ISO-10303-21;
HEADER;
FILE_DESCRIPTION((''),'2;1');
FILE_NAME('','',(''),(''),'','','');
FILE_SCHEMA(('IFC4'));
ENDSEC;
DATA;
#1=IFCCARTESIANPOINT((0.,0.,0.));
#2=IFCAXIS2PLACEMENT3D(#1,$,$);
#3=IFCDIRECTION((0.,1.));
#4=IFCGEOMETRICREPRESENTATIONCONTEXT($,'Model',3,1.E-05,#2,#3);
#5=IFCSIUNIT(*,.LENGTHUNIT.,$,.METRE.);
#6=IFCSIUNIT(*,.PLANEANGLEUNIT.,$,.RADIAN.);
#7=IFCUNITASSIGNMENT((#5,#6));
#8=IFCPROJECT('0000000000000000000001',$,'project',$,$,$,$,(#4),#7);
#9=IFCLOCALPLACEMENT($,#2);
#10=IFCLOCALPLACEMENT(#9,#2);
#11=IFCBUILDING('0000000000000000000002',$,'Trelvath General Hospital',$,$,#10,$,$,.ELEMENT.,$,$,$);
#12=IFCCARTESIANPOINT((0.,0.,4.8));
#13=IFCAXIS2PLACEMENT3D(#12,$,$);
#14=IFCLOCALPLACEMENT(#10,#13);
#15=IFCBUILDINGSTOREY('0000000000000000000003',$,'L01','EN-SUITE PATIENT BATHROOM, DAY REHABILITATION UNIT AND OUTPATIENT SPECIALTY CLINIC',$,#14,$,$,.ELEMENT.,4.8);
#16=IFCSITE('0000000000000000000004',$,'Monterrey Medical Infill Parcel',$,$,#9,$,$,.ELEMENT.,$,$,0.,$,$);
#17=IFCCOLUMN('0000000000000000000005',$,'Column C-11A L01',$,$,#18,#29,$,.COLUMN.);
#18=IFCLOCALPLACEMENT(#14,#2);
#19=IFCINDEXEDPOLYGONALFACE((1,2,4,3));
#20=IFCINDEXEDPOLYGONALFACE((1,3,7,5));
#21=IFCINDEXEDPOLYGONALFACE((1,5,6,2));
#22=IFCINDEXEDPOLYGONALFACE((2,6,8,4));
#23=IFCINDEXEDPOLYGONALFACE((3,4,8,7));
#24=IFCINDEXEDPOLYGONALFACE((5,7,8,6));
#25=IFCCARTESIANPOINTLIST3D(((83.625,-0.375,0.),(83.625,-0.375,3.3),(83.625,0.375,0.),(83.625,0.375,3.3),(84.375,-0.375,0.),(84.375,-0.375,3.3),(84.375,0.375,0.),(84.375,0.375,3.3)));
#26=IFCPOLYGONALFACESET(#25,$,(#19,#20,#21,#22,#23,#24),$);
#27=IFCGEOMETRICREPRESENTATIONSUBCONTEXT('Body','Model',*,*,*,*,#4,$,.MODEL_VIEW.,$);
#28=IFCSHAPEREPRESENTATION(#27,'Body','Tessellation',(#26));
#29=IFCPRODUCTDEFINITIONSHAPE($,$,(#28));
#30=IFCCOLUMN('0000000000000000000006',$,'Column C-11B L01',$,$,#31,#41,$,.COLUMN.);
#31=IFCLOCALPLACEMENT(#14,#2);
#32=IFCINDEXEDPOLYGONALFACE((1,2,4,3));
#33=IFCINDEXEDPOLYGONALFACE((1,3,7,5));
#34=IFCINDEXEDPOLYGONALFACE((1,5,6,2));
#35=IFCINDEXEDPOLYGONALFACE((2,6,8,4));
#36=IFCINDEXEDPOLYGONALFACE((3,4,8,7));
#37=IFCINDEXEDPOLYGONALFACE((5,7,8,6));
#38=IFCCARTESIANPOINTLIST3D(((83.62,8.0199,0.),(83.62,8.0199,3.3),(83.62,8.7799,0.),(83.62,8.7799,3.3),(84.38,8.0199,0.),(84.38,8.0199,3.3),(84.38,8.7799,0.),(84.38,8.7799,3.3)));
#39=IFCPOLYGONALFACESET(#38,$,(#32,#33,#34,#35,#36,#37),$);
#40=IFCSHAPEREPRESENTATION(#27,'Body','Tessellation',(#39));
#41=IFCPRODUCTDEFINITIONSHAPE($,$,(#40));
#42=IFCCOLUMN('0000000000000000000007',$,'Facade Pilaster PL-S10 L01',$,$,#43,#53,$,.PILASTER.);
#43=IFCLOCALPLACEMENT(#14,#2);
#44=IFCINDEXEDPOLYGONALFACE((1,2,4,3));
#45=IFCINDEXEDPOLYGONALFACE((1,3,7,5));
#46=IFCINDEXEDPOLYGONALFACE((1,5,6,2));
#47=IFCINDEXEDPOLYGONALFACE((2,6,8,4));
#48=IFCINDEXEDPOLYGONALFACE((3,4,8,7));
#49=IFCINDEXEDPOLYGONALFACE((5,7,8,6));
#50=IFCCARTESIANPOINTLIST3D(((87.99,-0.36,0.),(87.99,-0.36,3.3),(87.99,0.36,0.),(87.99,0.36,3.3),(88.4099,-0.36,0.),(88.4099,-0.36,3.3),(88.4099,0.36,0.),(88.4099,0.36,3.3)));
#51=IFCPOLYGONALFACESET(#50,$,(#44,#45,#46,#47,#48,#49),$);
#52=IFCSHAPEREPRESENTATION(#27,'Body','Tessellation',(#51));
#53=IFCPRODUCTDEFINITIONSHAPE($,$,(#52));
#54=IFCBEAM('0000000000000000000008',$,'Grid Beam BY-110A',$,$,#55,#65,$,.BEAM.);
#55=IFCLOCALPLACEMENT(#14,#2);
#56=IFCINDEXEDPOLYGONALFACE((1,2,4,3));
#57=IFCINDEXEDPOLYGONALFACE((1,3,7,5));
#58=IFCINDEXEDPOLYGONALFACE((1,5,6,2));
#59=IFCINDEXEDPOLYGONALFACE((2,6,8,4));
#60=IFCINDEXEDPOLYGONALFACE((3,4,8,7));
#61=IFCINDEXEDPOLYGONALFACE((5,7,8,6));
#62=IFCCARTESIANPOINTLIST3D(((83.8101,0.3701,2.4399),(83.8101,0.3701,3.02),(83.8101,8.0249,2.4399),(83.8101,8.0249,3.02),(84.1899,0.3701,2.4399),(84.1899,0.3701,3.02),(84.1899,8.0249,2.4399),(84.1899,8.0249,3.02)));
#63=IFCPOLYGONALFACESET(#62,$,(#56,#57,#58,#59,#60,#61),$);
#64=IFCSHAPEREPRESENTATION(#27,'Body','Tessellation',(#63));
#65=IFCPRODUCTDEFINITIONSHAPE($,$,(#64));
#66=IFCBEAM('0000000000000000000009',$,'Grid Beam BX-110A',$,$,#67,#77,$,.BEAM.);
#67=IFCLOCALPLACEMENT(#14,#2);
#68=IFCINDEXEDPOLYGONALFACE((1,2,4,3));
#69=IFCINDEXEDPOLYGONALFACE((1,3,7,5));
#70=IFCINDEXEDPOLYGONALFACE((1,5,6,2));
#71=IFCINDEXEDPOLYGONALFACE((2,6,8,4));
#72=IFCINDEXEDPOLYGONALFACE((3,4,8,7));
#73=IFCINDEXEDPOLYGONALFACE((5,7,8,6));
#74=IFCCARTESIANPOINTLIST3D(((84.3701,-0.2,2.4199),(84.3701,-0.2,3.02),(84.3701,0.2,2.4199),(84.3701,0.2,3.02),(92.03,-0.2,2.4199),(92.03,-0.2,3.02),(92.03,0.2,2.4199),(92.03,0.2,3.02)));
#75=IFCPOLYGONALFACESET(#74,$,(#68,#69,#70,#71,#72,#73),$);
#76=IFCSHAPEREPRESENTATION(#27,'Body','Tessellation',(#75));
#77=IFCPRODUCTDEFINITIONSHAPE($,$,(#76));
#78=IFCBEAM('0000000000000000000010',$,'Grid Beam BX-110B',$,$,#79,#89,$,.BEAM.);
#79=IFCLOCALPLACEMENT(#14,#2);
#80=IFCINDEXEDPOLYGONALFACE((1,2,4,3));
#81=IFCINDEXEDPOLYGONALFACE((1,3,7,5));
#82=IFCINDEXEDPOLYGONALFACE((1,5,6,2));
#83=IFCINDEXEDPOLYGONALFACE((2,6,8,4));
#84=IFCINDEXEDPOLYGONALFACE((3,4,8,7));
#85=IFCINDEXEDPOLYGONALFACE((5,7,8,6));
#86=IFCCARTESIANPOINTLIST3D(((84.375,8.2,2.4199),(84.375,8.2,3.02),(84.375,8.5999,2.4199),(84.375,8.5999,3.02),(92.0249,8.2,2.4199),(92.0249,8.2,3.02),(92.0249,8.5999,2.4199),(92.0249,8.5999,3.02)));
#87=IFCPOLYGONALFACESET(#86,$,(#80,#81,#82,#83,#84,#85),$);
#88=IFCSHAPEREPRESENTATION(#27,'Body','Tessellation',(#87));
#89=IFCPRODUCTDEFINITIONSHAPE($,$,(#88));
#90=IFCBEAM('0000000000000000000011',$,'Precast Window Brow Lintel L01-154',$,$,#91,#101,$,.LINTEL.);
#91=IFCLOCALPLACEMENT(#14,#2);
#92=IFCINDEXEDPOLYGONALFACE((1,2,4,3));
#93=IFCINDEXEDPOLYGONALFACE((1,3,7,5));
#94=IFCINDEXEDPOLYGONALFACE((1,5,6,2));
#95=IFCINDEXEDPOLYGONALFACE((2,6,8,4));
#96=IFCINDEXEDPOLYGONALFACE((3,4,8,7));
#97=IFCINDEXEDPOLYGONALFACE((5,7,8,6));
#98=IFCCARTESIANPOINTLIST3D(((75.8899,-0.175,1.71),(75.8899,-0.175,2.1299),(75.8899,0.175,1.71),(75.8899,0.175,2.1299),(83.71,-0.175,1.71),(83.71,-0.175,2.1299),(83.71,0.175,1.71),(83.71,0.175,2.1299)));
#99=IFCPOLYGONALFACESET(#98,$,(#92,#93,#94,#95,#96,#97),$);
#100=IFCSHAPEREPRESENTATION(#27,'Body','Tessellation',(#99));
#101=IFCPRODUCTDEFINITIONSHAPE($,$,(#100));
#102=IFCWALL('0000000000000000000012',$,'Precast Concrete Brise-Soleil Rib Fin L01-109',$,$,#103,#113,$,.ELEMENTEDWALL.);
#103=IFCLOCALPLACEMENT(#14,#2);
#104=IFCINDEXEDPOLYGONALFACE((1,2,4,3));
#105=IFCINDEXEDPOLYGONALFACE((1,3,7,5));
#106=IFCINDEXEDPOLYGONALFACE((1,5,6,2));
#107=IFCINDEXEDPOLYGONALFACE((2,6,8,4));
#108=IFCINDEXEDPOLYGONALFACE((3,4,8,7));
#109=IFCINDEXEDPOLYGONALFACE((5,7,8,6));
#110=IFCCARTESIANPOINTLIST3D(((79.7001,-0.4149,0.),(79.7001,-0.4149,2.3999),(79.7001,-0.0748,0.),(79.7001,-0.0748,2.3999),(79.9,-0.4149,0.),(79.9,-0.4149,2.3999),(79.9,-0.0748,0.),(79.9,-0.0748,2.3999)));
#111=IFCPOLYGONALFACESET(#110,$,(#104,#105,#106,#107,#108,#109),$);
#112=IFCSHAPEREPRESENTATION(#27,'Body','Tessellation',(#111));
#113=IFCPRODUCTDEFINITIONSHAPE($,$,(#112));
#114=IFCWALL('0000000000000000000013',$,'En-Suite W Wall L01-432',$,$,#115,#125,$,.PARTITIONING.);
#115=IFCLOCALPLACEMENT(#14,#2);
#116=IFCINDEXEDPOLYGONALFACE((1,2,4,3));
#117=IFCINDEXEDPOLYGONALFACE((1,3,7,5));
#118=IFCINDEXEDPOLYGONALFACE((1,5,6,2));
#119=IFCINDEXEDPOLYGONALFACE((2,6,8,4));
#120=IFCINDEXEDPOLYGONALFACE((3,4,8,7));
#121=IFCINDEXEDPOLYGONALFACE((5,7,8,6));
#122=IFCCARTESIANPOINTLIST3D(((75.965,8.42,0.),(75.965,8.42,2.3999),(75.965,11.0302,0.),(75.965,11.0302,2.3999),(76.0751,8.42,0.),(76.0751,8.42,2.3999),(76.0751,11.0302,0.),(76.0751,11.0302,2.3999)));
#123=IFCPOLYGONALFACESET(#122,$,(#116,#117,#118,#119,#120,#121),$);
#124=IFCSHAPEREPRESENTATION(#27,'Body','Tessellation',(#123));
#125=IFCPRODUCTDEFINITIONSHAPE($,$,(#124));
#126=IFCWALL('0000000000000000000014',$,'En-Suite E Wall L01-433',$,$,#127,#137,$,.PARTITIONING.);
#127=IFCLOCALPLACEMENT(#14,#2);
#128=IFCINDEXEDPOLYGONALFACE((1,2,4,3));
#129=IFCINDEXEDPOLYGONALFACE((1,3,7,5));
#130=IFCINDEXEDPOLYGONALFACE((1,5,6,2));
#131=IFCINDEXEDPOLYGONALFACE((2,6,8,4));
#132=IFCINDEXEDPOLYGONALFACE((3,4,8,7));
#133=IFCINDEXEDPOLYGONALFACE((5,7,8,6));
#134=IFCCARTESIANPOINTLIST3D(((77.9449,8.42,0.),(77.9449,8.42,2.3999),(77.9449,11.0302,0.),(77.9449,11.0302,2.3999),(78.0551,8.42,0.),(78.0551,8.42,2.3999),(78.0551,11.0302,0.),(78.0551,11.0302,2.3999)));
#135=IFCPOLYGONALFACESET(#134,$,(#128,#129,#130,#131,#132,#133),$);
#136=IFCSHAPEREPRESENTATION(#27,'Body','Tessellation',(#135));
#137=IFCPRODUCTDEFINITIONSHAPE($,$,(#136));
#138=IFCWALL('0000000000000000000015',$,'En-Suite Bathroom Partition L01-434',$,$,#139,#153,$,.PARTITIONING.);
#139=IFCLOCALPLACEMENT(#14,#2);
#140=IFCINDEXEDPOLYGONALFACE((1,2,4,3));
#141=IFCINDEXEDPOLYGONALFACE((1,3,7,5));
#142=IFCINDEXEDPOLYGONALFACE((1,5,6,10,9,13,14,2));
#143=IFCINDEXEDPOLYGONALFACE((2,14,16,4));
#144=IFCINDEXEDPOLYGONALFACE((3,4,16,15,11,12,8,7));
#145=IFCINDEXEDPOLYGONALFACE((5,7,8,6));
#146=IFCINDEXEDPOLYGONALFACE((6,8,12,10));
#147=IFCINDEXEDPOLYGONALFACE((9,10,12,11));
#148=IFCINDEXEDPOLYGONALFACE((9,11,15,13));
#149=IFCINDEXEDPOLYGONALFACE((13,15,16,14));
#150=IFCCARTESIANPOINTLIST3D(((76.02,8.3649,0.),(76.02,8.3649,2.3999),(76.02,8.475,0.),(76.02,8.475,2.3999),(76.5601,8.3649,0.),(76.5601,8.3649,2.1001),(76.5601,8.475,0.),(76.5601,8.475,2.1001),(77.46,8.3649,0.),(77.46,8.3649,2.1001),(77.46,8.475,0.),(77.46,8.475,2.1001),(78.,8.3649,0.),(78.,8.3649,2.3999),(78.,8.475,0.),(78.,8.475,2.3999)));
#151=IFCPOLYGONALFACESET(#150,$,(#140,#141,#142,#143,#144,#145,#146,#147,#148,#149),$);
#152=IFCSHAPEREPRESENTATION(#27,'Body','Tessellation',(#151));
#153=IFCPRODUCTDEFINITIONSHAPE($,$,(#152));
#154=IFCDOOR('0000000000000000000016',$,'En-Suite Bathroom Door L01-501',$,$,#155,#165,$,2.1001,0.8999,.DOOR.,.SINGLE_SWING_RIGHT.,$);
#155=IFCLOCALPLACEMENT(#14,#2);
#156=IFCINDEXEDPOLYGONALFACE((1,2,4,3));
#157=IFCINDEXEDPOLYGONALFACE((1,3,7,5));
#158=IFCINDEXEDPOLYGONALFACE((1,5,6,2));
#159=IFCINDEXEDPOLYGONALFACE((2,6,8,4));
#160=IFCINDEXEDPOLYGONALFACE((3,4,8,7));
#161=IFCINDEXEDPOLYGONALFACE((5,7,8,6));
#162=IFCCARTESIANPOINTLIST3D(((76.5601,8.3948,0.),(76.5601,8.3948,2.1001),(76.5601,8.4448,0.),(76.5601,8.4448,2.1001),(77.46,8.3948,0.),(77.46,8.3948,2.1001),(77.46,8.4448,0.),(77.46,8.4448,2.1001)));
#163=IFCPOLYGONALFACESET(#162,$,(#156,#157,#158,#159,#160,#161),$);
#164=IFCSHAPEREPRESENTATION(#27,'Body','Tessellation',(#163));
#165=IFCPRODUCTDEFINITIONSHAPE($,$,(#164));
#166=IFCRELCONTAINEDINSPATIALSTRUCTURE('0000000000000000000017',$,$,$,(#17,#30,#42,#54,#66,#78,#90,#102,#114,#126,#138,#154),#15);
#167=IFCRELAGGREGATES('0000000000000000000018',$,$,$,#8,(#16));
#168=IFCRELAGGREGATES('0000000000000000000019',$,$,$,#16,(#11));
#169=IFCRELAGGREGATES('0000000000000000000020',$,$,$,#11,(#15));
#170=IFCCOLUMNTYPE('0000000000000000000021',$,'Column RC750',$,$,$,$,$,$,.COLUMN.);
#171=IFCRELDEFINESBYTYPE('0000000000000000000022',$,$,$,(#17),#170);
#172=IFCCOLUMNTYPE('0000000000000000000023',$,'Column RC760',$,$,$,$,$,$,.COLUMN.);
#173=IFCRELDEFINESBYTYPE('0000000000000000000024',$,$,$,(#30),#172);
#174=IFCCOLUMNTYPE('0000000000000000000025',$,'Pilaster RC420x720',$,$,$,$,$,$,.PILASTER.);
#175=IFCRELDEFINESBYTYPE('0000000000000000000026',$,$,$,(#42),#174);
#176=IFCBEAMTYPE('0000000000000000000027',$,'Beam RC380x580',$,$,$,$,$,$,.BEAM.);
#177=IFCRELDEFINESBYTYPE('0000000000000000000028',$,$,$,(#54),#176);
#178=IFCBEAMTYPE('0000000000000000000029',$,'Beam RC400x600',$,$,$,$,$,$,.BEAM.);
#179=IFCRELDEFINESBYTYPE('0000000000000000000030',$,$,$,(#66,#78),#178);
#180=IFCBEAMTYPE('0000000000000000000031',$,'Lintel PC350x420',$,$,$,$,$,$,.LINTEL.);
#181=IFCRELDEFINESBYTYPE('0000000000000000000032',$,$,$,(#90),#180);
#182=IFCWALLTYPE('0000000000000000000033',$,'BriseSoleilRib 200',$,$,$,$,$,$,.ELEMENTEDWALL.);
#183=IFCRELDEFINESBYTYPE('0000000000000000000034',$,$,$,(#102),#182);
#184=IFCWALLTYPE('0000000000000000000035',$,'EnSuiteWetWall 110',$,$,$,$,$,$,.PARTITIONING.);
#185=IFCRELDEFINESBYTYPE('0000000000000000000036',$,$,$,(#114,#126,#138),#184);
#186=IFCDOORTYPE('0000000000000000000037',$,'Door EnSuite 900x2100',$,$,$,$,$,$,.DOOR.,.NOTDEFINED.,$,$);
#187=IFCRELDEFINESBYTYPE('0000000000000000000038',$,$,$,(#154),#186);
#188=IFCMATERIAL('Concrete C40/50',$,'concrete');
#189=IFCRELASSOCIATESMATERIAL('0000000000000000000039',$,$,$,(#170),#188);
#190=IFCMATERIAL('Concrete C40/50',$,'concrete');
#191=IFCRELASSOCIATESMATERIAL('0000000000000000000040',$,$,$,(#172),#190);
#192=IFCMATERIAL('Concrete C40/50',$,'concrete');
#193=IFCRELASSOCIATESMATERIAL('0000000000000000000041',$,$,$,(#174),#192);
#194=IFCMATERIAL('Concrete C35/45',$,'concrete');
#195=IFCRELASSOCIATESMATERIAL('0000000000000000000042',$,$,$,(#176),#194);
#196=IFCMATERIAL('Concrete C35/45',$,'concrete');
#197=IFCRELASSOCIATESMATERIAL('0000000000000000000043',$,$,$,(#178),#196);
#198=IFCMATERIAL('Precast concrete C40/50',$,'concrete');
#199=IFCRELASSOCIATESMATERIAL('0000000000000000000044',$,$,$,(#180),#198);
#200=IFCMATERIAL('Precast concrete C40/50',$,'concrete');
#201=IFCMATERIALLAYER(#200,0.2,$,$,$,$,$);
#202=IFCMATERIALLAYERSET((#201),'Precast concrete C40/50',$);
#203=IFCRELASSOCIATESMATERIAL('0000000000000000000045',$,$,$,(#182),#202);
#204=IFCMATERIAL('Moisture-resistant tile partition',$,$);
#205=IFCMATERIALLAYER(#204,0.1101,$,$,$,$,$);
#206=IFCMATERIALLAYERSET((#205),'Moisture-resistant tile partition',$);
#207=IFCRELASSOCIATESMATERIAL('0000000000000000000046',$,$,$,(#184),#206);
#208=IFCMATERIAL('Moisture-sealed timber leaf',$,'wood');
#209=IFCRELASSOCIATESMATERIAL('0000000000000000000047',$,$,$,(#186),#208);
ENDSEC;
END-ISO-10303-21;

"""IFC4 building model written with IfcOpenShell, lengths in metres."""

from ifc_helpers import new_model, si_unit, direction, frame, frame_2d, origin, origin_2d, place, context, subcontext, project, spatial, rectangle, extrude, material, layer, layer_set, material_profile, profile_set, type_object, element, fill, save


model = new_model("IFC4")

# Units and contexts
model_context = context("Model", 3, precision=1e-05, world=origin(), true_north=direction((0.0, 1.0)))
body_context = subcontext(model_context, "Body", "Model", "MODEL_VIEW")
ifc_project = project(units=[si_unit("LENGTHUNIT", "METRE"), si_unit("PLANEANGLEUNIT", "RADIAN")], contexts=[model_context])

# Site, building, storey
site_placement = place(None, origin())
site = spatial("IfcSite", under=ifc_project, at=site_placement, Name="Monterrey Medical Infill Parcel", CompositionType="ELEMENT", RefElevation=0.0)
building_placement = place(site_placement, origin())
building = spatial("IfcBuilding", under=site, at=building_placement, Name="Trelvath General Hospital", CompositionType="ELEMENT")
storey_placement = place(building_placement, frame((0.0, 0.0, 4.8)))
storey = spatial("IfcBuildingStorey", under=building, at=storey_placement, Name="L01", Description="EN-SUITE PATIENT BATHROOM, DAY REHABILITATION UNIT AND OUTPATIENT SPECIALTY CLINIC", CompositionType="ELEMENT", Elevation=4.8)

# Columns
ifc_material_1 = material(Name="Concrete C40/50", Category="concrete")
ifc_material_profile_1 = material_profile(ifc_material_1, rectangle(XDim=0.75, YDim=0.75, at=origin_2d()), Name="RC750x750")
ifc_profile_set_1 = profile_set([ifc_material_profile_1], Name="Concrete C40/50")
column_type_1 = type_object("IfcColumnType", Name="Column RC750", PredefinedType="COLUMN", material=ifc_profile_set_1)
column_1_placement = place(storey_placement, frame((84.0, 0.0, 0.0), z_axis=(0.0, 0.0, 1.0), x_axis=(1.0, 0.0, 0.0)))
element("IfcColumn", 1, at=column_1_placement, inside=storey, type_object=column_type_1, Name="Column C-11A L01", PredefinedType="COLUMN", context=body_context, shape_type="SweptSolid", body=[
    extrude(rectangle(XDim=0.75, YDim=0.75, at=origin_2d()), origin(), (0.0, 0.0, 1.0), 3.3),
])
ifc_material_2 = material(Name="Concrete C40/50", Category="concrete")
ifc_material_profile_2 = material_profile(ifc_material_2, rectangle(XDim=0.76, YDim=0.76, at=origin_2d()), Name="RC760x760")
ifc_profile_set_2 = profile_set([ifc_material_profile_2], Name="Concrete C40/50")
column_type_2 = type_object("IfcColumnType", Name="Column RC760", PredefinedType="COLUMN", material=ifc_profile_set_2)
column_2_placement = place(storey_placement, frame((84.0, 8.3999, 0.0), z_axis=(0.0, 0.0, 1.0), x_axis=(1.0, 0.0, 0.0)))
element("IfcColumn", 2, at=column_2_placement, inside=storey, type_object=column_type_2, Name="Column C-11B L01", PredefinedType="COLUMN", context=body_context, shape_type="SweptSolid", body=[
    extrude(rectangle(XDim=0.76, YDim=0.76, at=origin_2d()), origin(), (0.0, 0.0, 1.0), 3.3),
])
ifc_material_3 = material(Name="Concrete C40/50", Category="concrete")
ifc_material_profile_3 = material_profile(ifc_material_3, rectangle(XDim=0.4199, YDim=0.72, at=origin_2d()), Name="RC420x720")
ifc_profile_set_3 = profile_set([ifc_material_profile_3], Name="Concrete C40/50")
column_type_3 = type_object("IfcColumnType", Name="Pilaster RC420x720", PredefinedType="PILASTER", material=ifc_profile_set_3)
column_3_placement = place(storey_placement, frame((88.2, 0.0, 0.0), z_axis=(0.0, 0.0, 1.0), x_axis=(1.0, 0.0, 0.0)))
element("IfcColumn", 3, at=column_3_placement, inside=storey, type_object=column_type_3, Name="Facade Pilaster PL-S10 L01", PredefinedType="PILASTER", context=body_context, shape_type="SweptSolid", body=[
    extrude(rectangle(XDim=0.4199, YDim=0.72, at=origin_2d()), origin(), (0.0, 0.0, 1.0), 3.3),
])

# Beams
ifc_material_4 = material(Name="Concrete C35/45", Category="concrete")
ifc_material_profile_4 = material_profile(ifc_material_4, rectangle(XDim=0.3799, YDim=0.5801, at=origin_2d()), Name="RCB380x580")
ifc_profile_set_4 = profile_set([ifc_material_profile_4], Name="Concrete C35/45")
beam_type_1 = type_object("IfcBeamType", Name="Beam RC380x580", PredefinedType="BEAM", material=ifc_profile_set_4)
beam_1_placement = place(storey_placement, frame((84.0, 0.3701, 2.73), z_axis=(0.0, 1.0, 0.0), x_axis=(-1.0, 0.0, 0.0)))
element("IfcBeam", 4, at=beam_1_placement, inside=storey, type_object=beam_type_1, Name="Grid Beam BY-110A", PredefinedType="BEAM", context=body_context, shape_type="SweptSolid", body=[
    extrude(rectangle(XDim=0.3799, YDim=0.5801, at=origin_2d()), origin(), (0.0, 0.0, 1.0), 7.6548),
])
ifc_material_5 = material(Name="Concrete C35/45", Category="concrete")
ifc_material_profile_5 = material_profile(ifc_material_5, rectangle(XDim=0.3999, YDim=0.6001, at=origin_2d()), Name="RCB400x600")
ifc_profile_set_5 = profile_set([ifc_material_profile_5], Name="Concrete C35/45")
beam_type_2 = type_object("IfcBeamType", Name="Beam RC400x600", PredefinedType="BEAM", material=ifc_profile_set_5)
beam_2_placement = place(storey_placement, frame((84.3701, 0.0, 2.72), z_axis=(1.0, 0.0, 0.0), x_axis=(0.0, 1.0, 0.0)))
element("IfcBeam", 5, at=beam_2_placement, inside=storey, type_object=beam_type_2, Name="Grid Beam BX-110A", PredefinedType="BEAM", context=body_context, shape_type="SweptSolid", body=[
    extrude(rectangle(XDim=0.3999, YDim=0.6001, at=origin_2d()), origin(), (0.0, 0.0, 1.0), 7.6599),
])
beam_3_placement = place(storey_placement, frame((84.375, 8.3999, 2.72), z_axis=(1.0, 0.0, 0.0), x_axis=(0.0, 1.0, 0.0)))
element("IfcBeam", 6, at=beam_3_placement, inside=storey, type_object=beam_type_2, Name="Grid Beam BX-110B", PredefinedType="BEAM", context=body_context, shape_type="SweptSolid", body=[
    extrude(rectangle(XDim=0.3999, YDim=0.6001, at=origin_2d()), origin(), (0.0, 0.0, 1.0), 7.6499),
])
ifc_material_6 = material(Name="Precast concrete C40/50", Category="concrete")
ifc_material_profile_6 = material_profile(ifc_material_6, rectangle(XDim=0.3501, YDim=0.4199, at=origin_2d()), Name="PCL350x420")
ifc_profile_set_6 = profile_set([ifc_material_profile_6], Name="Precast concrete C40/50")
beam_type_3 = type_object("IfcBeamType", Name="Lintel PC350x420", PredefinedType="LINTEL", material=ifc_profile_set_6)
beam_4_placement = place(storey_placement, frame((83.71, 0.0, 1.9199), z_axis=(-1.0, 0.0, 0.0), x_axis=(0.0, -1.0, 0.0)))
element("IfcBeam", 7, at=beam_4_placement, inside=storey, type_object=beam_type_3, Name="Precast Window Brow Lintel L01-154", PredefinedType="LINTEL", context=body_context, shape_type="SweptSolid", body=[
    extrude(rectangle(XDim=0.3501, YDim=0.4199, at=origin_2d()), origin(), (0.0, 0.0, 1.0), 7.8201),
])

# Walls
ifc_material_7 = material(Name="Precast concrete C40/50", Category="concrete")
ifc_layer_1 = layer(ifc_material_7, 0.2)
ifc_layer_set_1 = layer_set([ifc_layer_1], Name="Precast concrete C40/50")
wall_type_1 = type_object("IfcWallType", Name="BriseSoleilRib 200", PredefinedType="ELEMENTEDWALL", material=ifc_layer_set_1)
wall_1_placement = place(storey_placement, frame((79.8, -0.075, 0.0), z_axis=(0.0, 0.0, 1.0), x_axis=(0.0, -1.0, 0.0)))
element("IfcWall", 8, at=wall_1_placement, inside=storey, type_object=wall_type_1, Name="Precast Concrete Brise-Soleil Rib Fin L01-109", PredefinedType="ELEMENTEDWALL", context=body_context, shape_type="SweptSolid", body=[
    extrude(rectangle(XDim=0.3401, YDim=0.2, at=frame_2d((0.1699, 0.0))), origin(), (0.0, 0.0, 1.0), 2.3999),
])
ifc_material_8 = material(Name="Moisture-resistant tile partition")
ifc_layer_2 = layer(ifc_material_8, 0.1101)
ifc_layer_set_2 = layer_set([ifc_layer_2], Name="Moisture-resistant tile partition")
wall_type_2 = type_object("IfcWallType", Name="EnSuiteWetWall 110", PredefinedType="PARTITIONING", material=ifc_layer_set_2)
for number, where, z_axis, x_axis, name in (
    (9, (76.02, 8.4199, 0.0), (0.0, 0.0, 1.0), (0.0, 1.0, 0.0), "En-Suite W Wall L01-432"),
    (10, (78.0, 8.4199, 0.0), (0.0, 0.0, 1.0), (0.0, 1.0, 0.0), "En-Suite E Wall L01-433"),
):
    element("IfcWall", number, at=place(storey_placement, frame(where, z_axis=z_axis, x_axis=x_axis)), inside=storey, type_object=wall_type_2, Name=name, PredefinedType="PARTITIONING", context=body_context, shape_type="SweptSolid", body=[
        extrude(rectangle(XDim=2.6101, YDim=0.1101, at=frame_2d((1.3052, 0.0))), origin(), (0.0, 0.0, 1.0), 2.3999),
    ])

# Wall, opening, door
wall_2_placement = place(storey_placement, frame((76.02, 8.4199, 0.0), z_axis=(0.0, 0.0, 1.0), x_axis=(1.0, 0.0, 0.0)))
wall_2 = element("IfcWall", 11, at=wall_2_placement, inside=storey, type_object=wall_type_2, Name="En-Suite Bathroom Partition L01-434", PredefinedType="PARTITIONING", context=body_context, shape_type="SweptSolid", body=[
    extrude(rectangle(XDim=1.98, YDim=0.1101, at=frame_2d((0.99, 0.0))), origin(), (0.0, 0.0, 1.0), 2.3999),
])
opening_1_placement = place(wall_2_placement, frame((0.54, 0.0, 0.0)))
opening_1 = element("IfcOpeningElement", 12, at=opening_1_placement, cuts=wall_2, PredefinedType="OPENING", context=body_context, shape_type="SweptSolid", body=[
    extrude(rectangle(XDim=0.8999, YDim=2.1001, at=frame_2d((0.45, 1.05))), frame((0.0, 0.0649, 0.0), z_axis=(0.0, -1.0, 0.0), x_axis=(1.0, 0.0, 0.0)), (0.0, 0.0, 1.0), 0.1301),
])
ifc_material_9 = material(Name="Moisture-sealed timber leaf", Category="wood")
door_type = type_object("IfcDoorType", Name="Door EnSuite 900x2100", OperationType="NOTDEFINED", PredefinedType="DOOR", material=ifc_material_9)
door_placement = place(opening_1_placement, origin())
door = element("IfcDoor", 13, at=door_placement, inside=storey, type_object=door_type, Name="En-Suite Bathroom Door L01-501", OperationType="SINGLE_SWING_RIGHT", OverallHeight=2.1001, OverallWidth=0.8999, PredefinedType="DOOR", context=body_context, shape_type="SweptSolid", body=[
    extrude(rectangle(XDim=0.8999, YDim=2.1001, at=frame_2d((0.45, 1.05))), frame((0.0, 0.0249, 0.0), z_axis=(0.0, -1.0, 0.0), x_axis=(1.0, 0.0, 0.0)), (0.0, 0.0, 1.0), 0.05),
])
fill(opening_1, door)

save(model, "model.ifc")
